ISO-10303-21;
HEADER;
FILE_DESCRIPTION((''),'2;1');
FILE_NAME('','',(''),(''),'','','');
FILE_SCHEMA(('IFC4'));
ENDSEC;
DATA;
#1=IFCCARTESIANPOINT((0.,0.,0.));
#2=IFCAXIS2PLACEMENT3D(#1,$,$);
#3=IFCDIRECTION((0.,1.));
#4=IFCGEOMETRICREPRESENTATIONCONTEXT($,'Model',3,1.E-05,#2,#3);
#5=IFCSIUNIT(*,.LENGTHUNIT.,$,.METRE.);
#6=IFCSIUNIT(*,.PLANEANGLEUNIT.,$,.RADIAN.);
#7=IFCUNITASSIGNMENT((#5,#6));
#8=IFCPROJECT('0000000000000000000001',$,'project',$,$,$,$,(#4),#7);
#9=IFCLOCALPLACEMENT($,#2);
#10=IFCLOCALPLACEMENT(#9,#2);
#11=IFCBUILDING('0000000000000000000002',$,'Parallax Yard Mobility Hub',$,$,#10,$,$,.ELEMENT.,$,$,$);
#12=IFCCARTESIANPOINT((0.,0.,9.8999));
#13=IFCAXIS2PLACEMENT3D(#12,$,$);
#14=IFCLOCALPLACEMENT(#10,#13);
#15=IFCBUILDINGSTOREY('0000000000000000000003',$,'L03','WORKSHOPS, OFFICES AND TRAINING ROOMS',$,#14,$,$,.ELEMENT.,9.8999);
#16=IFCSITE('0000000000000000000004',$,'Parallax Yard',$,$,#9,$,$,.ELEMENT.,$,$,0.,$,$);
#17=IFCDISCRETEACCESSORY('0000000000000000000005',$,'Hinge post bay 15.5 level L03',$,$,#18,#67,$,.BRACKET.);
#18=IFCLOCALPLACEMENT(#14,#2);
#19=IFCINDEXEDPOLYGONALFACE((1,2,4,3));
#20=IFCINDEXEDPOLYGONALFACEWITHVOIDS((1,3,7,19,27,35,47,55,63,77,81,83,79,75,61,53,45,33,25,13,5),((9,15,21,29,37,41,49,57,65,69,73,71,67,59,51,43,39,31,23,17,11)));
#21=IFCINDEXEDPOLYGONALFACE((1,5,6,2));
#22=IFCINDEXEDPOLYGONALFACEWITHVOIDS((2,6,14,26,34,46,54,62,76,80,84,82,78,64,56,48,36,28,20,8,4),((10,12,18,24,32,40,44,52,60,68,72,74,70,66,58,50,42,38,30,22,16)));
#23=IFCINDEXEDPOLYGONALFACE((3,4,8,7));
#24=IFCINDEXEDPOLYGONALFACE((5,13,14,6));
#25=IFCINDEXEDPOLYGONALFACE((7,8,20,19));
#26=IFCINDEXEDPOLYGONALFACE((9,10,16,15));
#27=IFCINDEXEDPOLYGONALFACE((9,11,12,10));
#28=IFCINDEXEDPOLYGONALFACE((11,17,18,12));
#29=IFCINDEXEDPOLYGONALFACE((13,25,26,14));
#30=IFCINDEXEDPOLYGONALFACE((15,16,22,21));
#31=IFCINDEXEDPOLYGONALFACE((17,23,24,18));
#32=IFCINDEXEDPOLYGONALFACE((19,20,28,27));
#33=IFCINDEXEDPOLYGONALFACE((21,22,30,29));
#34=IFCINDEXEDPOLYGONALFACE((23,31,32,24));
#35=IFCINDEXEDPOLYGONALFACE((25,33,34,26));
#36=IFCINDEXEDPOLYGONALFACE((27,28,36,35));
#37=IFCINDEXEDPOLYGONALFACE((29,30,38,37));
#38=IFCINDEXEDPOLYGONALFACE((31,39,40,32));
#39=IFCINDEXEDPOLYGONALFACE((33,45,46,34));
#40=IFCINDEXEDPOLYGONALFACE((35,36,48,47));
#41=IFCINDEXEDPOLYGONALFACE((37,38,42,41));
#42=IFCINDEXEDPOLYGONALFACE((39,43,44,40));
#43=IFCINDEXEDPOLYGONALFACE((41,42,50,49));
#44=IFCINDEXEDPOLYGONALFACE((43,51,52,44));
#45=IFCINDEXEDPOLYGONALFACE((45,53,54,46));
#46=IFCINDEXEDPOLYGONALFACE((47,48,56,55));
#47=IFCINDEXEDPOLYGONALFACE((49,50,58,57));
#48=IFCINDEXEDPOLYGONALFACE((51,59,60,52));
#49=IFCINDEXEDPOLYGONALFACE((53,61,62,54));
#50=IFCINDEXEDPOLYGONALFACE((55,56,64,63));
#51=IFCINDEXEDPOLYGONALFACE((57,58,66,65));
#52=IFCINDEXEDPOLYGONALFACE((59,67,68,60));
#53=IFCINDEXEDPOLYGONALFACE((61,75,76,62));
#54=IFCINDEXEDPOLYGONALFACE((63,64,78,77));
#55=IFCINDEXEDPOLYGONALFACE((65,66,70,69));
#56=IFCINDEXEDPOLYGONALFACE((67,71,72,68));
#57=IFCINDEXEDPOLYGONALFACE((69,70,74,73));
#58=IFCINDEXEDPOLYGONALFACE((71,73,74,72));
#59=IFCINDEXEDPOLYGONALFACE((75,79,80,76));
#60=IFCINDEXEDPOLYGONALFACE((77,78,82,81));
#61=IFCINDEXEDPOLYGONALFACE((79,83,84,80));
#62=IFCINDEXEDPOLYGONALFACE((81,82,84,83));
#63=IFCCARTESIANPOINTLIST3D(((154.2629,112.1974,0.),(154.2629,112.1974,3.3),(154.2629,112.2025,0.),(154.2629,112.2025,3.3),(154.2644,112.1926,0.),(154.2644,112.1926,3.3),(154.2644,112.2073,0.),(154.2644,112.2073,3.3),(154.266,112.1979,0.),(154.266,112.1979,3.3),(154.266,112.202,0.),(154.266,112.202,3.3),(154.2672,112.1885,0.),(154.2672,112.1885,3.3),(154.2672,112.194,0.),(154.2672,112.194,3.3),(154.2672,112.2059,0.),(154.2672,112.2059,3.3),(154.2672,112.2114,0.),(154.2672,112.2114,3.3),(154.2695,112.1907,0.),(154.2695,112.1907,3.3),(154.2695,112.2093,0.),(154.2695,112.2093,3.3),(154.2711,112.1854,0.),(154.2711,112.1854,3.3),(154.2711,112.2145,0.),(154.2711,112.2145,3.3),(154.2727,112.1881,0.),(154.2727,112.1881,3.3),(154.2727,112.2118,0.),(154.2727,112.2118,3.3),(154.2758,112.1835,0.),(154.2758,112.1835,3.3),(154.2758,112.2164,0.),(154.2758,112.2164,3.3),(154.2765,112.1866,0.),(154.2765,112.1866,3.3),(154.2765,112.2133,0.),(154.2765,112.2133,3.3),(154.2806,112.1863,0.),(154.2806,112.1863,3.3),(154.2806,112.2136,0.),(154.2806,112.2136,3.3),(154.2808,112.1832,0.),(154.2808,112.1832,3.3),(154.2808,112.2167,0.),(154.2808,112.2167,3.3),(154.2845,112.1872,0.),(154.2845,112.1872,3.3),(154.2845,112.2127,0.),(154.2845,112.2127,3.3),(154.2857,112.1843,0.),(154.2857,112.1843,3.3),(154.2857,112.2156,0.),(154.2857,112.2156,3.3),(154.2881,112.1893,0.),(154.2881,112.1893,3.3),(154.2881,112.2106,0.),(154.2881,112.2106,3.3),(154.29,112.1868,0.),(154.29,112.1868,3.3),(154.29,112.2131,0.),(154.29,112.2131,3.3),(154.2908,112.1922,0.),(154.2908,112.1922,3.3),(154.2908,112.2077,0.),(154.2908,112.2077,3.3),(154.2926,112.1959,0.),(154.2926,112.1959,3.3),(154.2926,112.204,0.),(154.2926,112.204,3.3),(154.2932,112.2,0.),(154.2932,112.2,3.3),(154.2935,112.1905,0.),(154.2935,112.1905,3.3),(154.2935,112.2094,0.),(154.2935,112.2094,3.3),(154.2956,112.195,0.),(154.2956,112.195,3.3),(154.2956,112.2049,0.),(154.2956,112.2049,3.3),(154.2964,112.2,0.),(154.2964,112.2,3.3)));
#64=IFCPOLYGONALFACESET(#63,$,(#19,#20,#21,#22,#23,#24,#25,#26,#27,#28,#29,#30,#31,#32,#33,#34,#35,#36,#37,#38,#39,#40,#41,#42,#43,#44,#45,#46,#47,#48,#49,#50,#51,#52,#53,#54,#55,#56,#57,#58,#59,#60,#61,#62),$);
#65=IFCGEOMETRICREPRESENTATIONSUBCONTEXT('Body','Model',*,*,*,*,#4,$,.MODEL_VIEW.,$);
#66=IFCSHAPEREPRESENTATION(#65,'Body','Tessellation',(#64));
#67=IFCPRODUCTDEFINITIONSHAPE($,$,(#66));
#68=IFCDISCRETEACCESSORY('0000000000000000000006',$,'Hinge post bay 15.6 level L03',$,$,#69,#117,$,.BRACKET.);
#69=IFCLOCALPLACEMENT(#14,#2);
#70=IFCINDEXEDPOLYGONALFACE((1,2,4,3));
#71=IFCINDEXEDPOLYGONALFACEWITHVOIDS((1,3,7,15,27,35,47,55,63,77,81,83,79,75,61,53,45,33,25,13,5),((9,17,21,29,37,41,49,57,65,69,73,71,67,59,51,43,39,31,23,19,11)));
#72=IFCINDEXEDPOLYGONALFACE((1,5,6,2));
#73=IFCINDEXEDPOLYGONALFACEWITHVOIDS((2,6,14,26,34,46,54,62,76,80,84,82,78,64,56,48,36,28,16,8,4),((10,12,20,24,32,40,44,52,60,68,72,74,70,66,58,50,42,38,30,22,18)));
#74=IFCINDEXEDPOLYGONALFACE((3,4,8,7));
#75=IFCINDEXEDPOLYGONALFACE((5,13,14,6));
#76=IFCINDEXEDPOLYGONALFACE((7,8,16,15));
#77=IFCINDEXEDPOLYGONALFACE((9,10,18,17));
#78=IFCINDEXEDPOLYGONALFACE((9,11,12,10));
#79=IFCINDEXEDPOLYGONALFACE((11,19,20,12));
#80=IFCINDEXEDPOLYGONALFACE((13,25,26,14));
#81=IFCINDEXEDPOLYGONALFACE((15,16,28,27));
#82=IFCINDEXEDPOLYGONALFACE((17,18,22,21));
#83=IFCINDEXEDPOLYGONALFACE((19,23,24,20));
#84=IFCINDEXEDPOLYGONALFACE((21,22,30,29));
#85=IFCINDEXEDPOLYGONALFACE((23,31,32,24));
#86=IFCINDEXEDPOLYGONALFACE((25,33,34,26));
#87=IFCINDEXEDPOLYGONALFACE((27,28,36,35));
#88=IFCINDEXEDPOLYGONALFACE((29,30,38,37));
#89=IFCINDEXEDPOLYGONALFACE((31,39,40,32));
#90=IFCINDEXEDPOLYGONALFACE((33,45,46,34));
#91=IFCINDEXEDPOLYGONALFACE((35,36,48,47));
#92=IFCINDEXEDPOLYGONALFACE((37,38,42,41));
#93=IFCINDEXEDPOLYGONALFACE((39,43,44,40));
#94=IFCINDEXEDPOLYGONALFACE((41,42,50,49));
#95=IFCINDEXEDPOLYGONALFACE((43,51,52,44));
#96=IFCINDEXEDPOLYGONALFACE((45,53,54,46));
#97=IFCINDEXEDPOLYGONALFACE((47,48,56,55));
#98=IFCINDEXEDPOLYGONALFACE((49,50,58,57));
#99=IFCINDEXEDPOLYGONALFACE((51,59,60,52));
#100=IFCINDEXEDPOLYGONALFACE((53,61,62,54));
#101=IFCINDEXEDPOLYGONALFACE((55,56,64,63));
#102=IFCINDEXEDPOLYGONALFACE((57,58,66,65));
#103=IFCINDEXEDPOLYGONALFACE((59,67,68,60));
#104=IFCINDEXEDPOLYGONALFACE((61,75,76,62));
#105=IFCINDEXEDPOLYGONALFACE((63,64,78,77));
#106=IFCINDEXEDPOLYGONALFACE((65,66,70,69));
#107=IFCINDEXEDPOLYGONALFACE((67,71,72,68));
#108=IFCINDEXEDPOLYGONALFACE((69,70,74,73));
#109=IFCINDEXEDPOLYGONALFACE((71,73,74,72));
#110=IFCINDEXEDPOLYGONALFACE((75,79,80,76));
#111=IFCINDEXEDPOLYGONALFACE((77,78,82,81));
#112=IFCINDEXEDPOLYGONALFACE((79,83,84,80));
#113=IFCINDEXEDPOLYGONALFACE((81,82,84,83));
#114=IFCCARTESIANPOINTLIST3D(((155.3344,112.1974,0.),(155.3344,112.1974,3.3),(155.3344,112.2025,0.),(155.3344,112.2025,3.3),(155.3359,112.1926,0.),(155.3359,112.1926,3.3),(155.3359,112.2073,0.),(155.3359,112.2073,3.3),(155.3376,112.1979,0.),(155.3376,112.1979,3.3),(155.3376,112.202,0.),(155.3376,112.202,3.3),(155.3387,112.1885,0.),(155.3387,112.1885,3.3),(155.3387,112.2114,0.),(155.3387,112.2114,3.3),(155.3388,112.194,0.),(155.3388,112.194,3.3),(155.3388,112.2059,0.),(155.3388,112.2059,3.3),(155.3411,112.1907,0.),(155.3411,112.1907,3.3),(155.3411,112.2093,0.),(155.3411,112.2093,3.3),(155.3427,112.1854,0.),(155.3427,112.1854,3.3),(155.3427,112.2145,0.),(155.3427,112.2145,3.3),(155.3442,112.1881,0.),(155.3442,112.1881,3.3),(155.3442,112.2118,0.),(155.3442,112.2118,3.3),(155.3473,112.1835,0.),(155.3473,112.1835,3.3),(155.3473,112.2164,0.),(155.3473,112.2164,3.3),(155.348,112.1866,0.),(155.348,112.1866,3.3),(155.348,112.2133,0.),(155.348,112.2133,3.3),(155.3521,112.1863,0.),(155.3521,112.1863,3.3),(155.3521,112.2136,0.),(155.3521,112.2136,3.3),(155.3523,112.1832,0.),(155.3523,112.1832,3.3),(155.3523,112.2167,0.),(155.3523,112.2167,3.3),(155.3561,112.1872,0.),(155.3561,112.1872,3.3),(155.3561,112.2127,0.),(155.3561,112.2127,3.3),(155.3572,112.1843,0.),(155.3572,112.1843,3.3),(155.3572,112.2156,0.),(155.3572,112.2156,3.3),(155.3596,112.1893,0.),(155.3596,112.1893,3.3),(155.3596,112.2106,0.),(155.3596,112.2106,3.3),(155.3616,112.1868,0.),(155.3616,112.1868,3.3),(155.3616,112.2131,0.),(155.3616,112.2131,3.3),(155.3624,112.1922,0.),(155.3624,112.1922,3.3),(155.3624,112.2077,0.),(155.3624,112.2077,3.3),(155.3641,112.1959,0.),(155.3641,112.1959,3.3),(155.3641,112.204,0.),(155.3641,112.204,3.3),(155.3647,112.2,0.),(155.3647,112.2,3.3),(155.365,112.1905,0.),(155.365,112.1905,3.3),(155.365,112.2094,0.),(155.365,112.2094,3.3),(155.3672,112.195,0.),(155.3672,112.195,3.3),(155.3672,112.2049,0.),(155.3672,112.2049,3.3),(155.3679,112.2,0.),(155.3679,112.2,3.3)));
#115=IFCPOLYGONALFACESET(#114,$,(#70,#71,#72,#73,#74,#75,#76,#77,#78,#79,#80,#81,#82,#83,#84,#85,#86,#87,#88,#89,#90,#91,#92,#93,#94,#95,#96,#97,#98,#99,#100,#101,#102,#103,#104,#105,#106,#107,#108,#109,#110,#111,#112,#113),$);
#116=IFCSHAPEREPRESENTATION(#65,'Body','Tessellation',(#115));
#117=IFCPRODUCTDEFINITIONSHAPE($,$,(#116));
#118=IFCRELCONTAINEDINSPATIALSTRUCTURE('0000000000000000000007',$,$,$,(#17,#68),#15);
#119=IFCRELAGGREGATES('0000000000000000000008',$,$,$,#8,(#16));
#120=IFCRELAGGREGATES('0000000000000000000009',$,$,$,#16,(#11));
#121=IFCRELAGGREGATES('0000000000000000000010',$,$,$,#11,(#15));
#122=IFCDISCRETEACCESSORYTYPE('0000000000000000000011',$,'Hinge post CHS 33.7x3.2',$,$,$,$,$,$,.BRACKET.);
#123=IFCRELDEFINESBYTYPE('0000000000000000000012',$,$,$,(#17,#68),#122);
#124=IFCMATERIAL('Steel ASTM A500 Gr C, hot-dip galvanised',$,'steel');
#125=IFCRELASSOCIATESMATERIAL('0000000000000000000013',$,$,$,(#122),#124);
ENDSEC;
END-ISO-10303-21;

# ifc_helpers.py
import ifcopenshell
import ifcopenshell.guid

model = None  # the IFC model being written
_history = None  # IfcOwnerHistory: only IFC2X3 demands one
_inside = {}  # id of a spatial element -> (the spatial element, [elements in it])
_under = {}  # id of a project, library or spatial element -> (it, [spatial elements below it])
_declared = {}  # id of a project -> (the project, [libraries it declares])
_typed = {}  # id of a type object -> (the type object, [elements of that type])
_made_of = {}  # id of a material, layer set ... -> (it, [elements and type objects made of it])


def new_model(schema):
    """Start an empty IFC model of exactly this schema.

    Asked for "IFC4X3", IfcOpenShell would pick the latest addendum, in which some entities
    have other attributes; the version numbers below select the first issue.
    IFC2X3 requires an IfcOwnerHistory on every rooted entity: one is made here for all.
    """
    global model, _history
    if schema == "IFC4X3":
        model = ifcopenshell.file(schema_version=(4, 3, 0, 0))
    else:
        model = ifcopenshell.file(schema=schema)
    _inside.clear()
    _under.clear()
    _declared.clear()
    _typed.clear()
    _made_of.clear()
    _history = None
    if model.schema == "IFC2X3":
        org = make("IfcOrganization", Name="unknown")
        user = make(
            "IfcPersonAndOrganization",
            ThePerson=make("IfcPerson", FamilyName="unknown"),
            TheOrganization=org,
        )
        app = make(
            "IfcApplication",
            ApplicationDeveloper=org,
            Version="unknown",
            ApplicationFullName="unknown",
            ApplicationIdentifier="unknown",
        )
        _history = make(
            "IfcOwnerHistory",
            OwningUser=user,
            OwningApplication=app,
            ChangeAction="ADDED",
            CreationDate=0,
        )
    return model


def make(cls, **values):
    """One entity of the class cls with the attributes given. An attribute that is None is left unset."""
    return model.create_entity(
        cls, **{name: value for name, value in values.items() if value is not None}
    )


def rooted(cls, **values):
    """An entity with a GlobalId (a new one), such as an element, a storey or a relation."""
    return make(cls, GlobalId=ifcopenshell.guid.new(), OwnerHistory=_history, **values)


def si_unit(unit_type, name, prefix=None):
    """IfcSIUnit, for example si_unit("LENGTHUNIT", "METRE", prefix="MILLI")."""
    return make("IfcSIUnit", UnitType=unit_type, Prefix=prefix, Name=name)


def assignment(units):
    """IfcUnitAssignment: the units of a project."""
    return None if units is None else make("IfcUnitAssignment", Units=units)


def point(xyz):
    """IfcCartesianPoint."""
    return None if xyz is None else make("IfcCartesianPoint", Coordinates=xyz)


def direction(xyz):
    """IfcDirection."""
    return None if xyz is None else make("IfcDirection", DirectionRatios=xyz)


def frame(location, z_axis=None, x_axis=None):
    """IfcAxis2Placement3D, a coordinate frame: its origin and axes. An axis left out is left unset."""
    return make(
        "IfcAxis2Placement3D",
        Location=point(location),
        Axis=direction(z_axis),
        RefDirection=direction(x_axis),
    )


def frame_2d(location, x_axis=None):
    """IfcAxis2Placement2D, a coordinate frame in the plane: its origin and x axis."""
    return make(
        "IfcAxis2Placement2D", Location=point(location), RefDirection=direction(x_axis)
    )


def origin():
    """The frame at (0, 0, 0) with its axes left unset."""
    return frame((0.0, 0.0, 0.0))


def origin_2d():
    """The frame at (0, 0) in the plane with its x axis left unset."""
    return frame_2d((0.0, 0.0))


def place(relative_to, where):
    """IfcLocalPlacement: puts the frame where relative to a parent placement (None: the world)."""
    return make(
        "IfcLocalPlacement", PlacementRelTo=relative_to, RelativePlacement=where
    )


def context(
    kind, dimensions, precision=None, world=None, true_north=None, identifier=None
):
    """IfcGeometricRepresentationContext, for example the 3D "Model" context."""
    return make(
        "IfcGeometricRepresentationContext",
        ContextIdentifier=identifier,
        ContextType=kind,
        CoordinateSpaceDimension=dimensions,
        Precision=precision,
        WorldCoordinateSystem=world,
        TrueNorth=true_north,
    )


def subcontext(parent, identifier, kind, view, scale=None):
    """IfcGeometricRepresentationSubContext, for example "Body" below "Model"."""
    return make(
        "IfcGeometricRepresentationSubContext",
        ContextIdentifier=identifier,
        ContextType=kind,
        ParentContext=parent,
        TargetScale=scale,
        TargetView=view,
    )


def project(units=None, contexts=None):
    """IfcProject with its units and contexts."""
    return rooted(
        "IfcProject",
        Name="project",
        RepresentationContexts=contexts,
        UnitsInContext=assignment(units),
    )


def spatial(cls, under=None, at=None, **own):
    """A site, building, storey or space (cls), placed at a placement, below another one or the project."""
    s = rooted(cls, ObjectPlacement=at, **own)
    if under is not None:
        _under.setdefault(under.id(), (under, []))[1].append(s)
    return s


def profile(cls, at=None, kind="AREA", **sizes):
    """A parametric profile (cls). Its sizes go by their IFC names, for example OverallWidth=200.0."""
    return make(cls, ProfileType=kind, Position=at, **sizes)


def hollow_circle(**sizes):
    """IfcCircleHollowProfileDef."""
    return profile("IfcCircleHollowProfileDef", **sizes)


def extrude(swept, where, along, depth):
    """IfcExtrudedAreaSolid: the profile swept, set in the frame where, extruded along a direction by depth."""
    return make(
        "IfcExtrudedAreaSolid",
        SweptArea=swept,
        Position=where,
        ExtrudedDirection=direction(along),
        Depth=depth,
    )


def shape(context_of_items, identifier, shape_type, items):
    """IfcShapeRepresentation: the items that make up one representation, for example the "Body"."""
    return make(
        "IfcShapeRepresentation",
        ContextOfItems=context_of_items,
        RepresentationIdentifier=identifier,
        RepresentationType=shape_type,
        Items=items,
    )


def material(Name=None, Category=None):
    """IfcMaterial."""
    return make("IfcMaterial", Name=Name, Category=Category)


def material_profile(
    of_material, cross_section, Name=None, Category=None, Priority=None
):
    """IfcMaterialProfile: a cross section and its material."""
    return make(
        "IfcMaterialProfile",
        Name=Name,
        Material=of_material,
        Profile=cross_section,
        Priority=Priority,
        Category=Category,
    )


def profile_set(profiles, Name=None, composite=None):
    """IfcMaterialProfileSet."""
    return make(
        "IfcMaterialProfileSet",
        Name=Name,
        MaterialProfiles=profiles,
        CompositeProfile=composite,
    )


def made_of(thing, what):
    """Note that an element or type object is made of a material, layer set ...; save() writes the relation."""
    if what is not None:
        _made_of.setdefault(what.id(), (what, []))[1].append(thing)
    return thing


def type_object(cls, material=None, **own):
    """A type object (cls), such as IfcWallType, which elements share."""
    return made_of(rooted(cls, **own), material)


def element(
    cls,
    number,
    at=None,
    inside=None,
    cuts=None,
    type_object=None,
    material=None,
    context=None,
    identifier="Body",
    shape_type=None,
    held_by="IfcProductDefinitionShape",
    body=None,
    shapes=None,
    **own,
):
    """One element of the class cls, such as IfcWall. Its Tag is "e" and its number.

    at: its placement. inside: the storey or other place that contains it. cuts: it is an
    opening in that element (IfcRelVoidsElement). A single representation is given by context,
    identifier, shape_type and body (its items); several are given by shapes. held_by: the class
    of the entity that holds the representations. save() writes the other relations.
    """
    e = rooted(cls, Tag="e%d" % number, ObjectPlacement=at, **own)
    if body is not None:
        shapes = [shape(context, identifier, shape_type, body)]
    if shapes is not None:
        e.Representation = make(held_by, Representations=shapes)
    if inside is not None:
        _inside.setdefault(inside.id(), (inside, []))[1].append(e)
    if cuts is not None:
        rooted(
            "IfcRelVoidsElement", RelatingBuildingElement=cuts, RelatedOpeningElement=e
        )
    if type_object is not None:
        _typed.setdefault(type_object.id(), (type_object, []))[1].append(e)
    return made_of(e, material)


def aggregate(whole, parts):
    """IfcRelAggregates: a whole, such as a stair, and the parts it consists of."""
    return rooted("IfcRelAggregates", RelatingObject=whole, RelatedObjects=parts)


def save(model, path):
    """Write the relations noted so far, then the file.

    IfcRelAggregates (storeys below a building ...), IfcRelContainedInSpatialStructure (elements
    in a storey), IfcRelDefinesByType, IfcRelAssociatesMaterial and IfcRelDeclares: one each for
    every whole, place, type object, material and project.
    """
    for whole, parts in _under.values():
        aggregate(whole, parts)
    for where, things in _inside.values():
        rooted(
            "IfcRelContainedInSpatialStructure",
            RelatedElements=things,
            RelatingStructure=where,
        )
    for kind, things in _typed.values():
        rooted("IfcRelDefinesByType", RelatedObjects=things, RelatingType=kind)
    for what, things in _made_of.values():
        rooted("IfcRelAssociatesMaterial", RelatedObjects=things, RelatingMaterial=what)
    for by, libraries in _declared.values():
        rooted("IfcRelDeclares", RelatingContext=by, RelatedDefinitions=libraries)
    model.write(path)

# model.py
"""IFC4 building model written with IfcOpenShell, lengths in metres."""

from ifc_helpers import new_model, si_unit, direction, frame, origin, origin_2d, place, context, subcontext, project, spatial, hollow_circle, extrude, material, material_profile, profile_set, type_object, element, save


model = new_model("IFC4")

# Units and contexts
model_context = context("Model", 3, precision=1e-05, world=origin(), true_north=direction((0.0, 1.0)))
body_context = subcontext(model_context, "Body", "Model", "MODEL_VIEW")
ifc_project = project(units=[si_unit("LENGTHUNIT", "METRE"), si_unit("PLANEANGLEUNIT", "RADIAN")], contexts=[model_context])

# Site, building, storey
site_placement = place(None, origin())
site = spatial("IfcSite", under=ifc_project, at=site_placement, Name="Parallax Yard", CompositionType="ELEMENT", RefElevation=0.0)
building_placement = place(site_placement, origin())
building = spatial("IfcBuilding", under=site, at=building_placement, Name="Parallax Yard Mobility Hub", CompositionType="ELEMENT")
storey_placement = place(building_placement, frame((0.0, 0.0, 9.8999)))
storey = spatial("IfcBuildingStorey", under=building, at=storey_placement, Name="L03", Description="WORKSHOPS, OFFICES AND TRAINING ROOMS", CompositionType="ELEMENT", Elevation=9.8999)

# Discrete accessories
ifc_material_1 = material(Name="Steel ASTM A500 Gr C, hot-dip galvanised", Category="steel")
ifc_material_profile_1 = material_profile(ifc_material_1, hollow_circle(Radius=0.0168, WallThickness=0.0032, at=origin_2d()), Name="CHS 33.7x3.2")
ifc_profile_set_1 = profile_set([ifc_material_profile_1], Name="Steel ASTM A500 Gr C, hot-dip galvanised")
discrete_accessory_type_1 = type_object("IfcDiscreteAccessoryType", Name="Hinge post CHS 33.7x3.2", PredefinedType="BRACKET", material=ifc_profile_set_1)
for number, where, z_axis, x_axis, name in (
    (1, (154.2795, 112.2, 0.0), (0.0, 0.0, 1.0), (1.0, 0.0, 0.0), "Hinge post bay 15.5 level L03"),
    (2, (155.3511, 112.2, 0.0), (0.0, 0.0, 1.0), (1.0, 0.0, 0.0), "Hinge post bay 15.6 level L03"),
):
    element("IfcDiscreteAccessory", number, at=place(storey_placement, frame(where, z_axis=z_axis, x_axis=x_axis)), inside=storey, type_object=discrete_accessory_type_1, Name=name, PredefinedType="BRACKET", context=body_context, shape_type="SweptSolid", body=[
        extrude(hollow_circle(Radius=0.0168, WallThickness=0.0032, at=origin_2d()), origin(), (0.0, 0.0, 1.0), 3.3),
    ])

save(model, "model.ifc")
